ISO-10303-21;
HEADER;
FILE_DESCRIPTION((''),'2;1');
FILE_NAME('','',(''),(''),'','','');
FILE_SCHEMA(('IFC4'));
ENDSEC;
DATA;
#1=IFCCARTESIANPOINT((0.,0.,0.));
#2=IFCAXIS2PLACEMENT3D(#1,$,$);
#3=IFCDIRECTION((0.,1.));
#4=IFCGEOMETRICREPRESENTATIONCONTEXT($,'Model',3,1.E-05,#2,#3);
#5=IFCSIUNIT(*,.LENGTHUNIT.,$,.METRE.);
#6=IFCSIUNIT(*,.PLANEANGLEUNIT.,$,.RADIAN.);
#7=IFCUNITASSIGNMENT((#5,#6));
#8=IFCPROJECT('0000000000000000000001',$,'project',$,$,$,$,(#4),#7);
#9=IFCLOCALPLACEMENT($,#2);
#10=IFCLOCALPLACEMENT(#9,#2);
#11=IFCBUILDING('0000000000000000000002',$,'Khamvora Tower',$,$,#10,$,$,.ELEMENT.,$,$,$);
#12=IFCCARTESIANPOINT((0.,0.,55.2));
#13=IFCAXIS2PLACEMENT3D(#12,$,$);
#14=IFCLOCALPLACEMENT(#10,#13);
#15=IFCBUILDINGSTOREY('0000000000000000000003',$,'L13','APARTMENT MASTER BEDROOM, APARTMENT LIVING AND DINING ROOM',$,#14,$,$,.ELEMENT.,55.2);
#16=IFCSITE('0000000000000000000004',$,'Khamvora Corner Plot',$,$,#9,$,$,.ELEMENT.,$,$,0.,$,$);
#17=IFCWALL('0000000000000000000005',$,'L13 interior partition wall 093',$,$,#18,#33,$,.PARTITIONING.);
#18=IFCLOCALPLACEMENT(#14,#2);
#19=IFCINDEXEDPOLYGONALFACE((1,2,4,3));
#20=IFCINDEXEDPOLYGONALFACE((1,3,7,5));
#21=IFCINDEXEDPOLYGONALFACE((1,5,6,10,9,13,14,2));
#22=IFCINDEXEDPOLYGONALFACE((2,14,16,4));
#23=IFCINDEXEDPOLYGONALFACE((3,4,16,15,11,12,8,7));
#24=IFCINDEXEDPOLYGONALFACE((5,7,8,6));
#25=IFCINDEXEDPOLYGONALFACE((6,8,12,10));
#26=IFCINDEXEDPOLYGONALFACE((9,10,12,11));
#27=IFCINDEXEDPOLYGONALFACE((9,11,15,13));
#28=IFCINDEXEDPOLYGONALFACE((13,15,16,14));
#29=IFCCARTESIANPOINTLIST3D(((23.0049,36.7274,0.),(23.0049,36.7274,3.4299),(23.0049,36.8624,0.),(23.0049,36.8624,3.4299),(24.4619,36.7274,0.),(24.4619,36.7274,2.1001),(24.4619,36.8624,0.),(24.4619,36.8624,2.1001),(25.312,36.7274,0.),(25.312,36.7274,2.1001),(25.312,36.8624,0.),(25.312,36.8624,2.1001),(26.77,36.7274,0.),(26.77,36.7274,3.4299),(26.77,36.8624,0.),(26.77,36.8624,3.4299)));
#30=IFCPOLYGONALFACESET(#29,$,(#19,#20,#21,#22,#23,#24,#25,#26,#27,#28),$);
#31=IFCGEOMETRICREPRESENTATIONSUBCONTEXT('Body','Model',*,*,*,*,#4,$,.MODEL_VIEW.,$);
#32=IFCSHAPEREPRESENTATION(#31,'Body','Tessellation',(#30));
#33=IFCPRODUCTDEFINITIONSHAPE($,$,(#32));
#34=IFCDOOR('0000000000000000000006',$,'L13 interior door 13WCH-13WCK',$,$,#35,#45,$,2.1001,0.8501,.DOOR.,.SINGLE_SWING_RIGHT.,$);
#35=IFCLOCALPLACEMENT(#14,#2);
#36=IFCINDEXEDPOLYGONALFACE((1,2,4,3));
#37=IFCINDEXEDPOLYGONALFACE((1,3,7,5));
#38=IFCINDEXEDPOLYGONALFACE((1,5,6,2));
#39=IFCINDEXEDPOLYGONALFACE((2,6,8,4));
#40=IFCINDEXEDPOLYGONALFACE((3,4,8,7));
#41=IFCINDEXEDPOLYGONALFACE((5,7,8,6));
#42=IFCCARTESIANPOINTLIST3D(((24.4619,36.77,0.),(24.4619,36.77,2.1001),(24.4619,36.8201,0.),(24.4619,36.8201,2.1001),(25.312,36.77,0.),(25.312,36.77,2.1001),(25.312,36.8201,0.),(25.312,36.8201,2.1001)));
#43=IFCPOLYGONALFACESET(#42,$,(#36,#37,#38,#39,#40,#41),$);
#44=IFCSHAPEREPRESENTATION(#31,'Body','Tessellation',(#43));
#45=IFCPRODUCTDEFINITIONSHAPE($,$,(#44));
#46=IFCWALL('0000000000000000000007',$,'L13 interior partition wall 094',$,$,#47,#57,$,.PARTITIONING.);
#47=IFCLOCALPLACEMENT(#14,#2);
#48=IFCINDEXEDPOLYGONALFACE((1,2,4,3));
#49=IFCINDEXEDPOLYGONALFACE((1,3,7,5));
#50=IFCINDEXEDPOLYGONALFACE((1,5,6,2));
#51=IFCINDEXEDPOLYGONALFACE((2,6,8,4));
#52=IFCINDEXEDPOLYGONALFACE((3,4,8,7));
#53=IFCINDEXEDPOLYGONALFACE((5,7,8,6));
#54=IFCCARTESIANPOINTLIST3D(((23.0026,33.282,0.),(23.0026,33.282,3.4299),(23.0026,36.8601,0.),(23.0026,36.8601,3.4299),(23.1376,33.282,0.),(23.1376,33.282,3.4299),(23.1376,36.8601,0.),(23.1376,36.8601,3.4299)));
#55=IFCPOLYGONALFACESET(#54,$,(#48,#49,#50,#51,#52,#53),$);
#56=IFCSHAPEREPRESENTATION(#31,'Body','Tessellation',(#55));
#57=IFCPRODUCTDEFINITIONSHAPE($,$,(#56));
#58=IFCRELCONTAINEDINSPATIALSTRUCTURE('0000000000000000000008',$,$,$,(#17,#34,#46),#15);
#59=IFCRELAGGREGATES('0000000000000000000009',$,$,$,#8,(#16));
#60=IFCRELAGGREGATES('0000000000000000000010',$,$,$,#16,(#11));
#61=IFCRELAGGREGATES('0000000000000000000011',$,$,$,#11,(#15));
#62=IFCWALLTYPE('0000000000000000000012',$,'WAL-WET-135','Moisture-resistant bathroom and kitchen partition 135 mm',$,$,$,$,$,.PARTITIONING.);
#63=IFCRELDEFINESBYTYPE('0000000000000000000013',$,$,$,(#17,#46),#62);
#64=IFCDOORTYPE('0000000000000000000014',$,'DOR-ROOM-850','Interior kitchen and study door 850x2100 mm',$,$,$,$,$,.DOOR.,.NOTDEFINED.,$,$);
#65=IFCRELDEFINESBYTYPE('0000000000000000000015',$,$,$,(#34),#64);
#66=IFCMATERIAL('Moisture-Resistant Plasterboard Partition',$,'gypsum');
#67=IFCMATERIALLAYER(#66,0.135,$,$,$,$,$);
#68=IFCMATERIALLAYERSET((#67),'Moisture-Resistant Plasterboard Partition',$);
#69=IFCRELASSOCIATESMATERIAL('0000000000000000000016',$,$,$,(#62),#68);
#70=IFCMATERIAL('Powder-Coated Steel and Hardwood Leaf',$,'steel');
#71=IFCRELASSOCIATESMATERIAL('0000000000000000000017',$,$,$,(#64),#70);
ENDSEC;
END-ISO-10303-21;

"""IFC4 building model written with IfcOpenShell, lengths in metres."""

from ifc_helpers import new_model, si_unit, direction, frame, frame_2d, origin, place, context, subcontext, project, spatial, rectangle, extrude, material, layer, layer_set, type_object, element, fill, save


model = new_model("IFC4")

# Units and contexts
model_context = context("Model", 3, precision=1e-05, world=origin(), true_north=direction((0.0, 1.0)))
body_context = subcontext(model_context, "Body", "Model", "MODEL_VIEW")
ifc_project = project(units=[si_unit("LENGTHUNIT", "METRE"), si_unit("PLANEANGLEUNIT", "RADIAN")], contexts=[model_context])

# Site, building, storey
site_placement = place(None, origin())
site = spatial("IfcSite", under=ifc_project, at=site_placement, Name="Khamvora Corner Plot", CompositionType="ELEMENT", RefElevation=0.0)
building_placement = place(site_placement, origin())
building = spatial("IfcBuilding", under=site, at=building_placement, Name="Khamvora Tower", CompositionType="ELEMENT")
storey_placement = place(building_placement, frame((0.0, 0.0, 55.2)))
storey = spatial("IfcBuildingStorey", under=building, at=storey_placement, Name="L13", Description="APARTMENT MASTER BEDROOM, APARTMENT LIVING AND DINING ROOM", CompositionType="ELEMENT", Elevation=55.2)

# Shared definitions
ifc_material_1 = material(Name="Powder-Coated Steel and Hardwood Leaf", Category="steel")

# Wall, opening, door
ifc_material_2 = material(Name="Moisture-Resistant Plasterboard Partition", Category="gypsum")
ifc_layer_1 = layer(ifc_material_2, 0.135)
ifc_layer_set_1 = layer_set([ifc_layer_1], Name="Moisture-Resistant Plasterboard Partition")
wall_type_1 = type_object("IfcWallType", Name="WAL-WET-135", Description="Moisture-resistant bathroom and kitchen partition 135 mm", PredefinedType="PARTITIONING", material=ifc_layer_set_1)
wall_1_placement = place(storey_placement, frame((26.77, 36.7949, 0.0), z_axis=(0.0, 0.0, 1.0), x_axis=(-1.0, 0.0, 0.0)))
wall_1 = element("IfcWall", 1, at=wall_1_placement, inside=storey, type_object=wall_type_1, Name="L13 interior partition wall 093", PredefinedType="PARTITIONING", context=body_context, shape_type="SweptSolid", body=[
    extrude(rectangle(XDim=3.7651, YDim=0.135, at=frame_2d((1.8826, 0.0))), origin(), (0.0, 0.0, 1.0), 3.4299),
])
opening_1_placement = place(wall_1_placement, frame((1.458, 0.0, 0.0)))
opening_1 = element("IfcOpeningElement", 2, at=opening_1_placement, cuts=wall_1, PredefinedType="OPENING", context=body_context, shape_type="SweptSolid", body=[
    extrude(rectangle(XDim=0.8501, YDim=2.1001, at=frame_2d((0.425, 1.05))), frame((0.0, 0.0774, 0.0), z_axis=(0.0, -1.0, 0.0), x_axis=(1.0, 0.0, 0.0)), (0.0, 0.0, 1.0), 0.155),
])
door_type_1 = type_object("IfcDoorType", Name="DOR-ROOM-850", Description="Interior kitchen and study door 850x2100 mm", OperationType="NOTDEFINED", PredefinedType="DOOR", material=ifc_material_1)
door_1_placement = place(opening_1_placement, origin())
door_1 = element("IfcDoor", 3, at=door_1_placement, inside=storey, type_object=door_type_1, Name="L13 interior door 13WCH-13WCK", OperationType="SINGLE_SWING_RIGHT", OverallHeight=2.1001, OverallWidth=0.8501, PredefinedType="DOOR", context=body_context, shape_type="SweptSolid", body=[
    extrude(rectangle(XDim=0.8501, YDim=2.1001, at=frame_2d((0.425, 1.05))), frame((0.0, 0.0249, 0.0), z_axis=(0.0, -1.0, 0.0), x_axis=(1.0, 0.0, 0.0)), (0.0, 0.0, 1.0), 0.05),
])
fill(opening_1, door_1)

# Wall
wall_2_placement = place(storey_placement, frame((23.0701, 36.8601, 0.0), z_axis=(0.0, 0.0, 1.0), x_axis=(0.0, -1.0, 0.0)))
element("IfcWall", 4, at=wall_2_placement, inside=storey, type_object=wall_type_1, Name="L13 interior partition wall 094", PredefinedType="PARTITIONING", context=body_context, shape_type="SweptSolid", body=[
    extrude(rectangle(XDim=3.5781, YDim=0.135, at=frame_2d((1.7891, 0.0))), origin(), (0.0, 0.0, 1.0), 3.4299),
])

save(model, "model.ifc")
